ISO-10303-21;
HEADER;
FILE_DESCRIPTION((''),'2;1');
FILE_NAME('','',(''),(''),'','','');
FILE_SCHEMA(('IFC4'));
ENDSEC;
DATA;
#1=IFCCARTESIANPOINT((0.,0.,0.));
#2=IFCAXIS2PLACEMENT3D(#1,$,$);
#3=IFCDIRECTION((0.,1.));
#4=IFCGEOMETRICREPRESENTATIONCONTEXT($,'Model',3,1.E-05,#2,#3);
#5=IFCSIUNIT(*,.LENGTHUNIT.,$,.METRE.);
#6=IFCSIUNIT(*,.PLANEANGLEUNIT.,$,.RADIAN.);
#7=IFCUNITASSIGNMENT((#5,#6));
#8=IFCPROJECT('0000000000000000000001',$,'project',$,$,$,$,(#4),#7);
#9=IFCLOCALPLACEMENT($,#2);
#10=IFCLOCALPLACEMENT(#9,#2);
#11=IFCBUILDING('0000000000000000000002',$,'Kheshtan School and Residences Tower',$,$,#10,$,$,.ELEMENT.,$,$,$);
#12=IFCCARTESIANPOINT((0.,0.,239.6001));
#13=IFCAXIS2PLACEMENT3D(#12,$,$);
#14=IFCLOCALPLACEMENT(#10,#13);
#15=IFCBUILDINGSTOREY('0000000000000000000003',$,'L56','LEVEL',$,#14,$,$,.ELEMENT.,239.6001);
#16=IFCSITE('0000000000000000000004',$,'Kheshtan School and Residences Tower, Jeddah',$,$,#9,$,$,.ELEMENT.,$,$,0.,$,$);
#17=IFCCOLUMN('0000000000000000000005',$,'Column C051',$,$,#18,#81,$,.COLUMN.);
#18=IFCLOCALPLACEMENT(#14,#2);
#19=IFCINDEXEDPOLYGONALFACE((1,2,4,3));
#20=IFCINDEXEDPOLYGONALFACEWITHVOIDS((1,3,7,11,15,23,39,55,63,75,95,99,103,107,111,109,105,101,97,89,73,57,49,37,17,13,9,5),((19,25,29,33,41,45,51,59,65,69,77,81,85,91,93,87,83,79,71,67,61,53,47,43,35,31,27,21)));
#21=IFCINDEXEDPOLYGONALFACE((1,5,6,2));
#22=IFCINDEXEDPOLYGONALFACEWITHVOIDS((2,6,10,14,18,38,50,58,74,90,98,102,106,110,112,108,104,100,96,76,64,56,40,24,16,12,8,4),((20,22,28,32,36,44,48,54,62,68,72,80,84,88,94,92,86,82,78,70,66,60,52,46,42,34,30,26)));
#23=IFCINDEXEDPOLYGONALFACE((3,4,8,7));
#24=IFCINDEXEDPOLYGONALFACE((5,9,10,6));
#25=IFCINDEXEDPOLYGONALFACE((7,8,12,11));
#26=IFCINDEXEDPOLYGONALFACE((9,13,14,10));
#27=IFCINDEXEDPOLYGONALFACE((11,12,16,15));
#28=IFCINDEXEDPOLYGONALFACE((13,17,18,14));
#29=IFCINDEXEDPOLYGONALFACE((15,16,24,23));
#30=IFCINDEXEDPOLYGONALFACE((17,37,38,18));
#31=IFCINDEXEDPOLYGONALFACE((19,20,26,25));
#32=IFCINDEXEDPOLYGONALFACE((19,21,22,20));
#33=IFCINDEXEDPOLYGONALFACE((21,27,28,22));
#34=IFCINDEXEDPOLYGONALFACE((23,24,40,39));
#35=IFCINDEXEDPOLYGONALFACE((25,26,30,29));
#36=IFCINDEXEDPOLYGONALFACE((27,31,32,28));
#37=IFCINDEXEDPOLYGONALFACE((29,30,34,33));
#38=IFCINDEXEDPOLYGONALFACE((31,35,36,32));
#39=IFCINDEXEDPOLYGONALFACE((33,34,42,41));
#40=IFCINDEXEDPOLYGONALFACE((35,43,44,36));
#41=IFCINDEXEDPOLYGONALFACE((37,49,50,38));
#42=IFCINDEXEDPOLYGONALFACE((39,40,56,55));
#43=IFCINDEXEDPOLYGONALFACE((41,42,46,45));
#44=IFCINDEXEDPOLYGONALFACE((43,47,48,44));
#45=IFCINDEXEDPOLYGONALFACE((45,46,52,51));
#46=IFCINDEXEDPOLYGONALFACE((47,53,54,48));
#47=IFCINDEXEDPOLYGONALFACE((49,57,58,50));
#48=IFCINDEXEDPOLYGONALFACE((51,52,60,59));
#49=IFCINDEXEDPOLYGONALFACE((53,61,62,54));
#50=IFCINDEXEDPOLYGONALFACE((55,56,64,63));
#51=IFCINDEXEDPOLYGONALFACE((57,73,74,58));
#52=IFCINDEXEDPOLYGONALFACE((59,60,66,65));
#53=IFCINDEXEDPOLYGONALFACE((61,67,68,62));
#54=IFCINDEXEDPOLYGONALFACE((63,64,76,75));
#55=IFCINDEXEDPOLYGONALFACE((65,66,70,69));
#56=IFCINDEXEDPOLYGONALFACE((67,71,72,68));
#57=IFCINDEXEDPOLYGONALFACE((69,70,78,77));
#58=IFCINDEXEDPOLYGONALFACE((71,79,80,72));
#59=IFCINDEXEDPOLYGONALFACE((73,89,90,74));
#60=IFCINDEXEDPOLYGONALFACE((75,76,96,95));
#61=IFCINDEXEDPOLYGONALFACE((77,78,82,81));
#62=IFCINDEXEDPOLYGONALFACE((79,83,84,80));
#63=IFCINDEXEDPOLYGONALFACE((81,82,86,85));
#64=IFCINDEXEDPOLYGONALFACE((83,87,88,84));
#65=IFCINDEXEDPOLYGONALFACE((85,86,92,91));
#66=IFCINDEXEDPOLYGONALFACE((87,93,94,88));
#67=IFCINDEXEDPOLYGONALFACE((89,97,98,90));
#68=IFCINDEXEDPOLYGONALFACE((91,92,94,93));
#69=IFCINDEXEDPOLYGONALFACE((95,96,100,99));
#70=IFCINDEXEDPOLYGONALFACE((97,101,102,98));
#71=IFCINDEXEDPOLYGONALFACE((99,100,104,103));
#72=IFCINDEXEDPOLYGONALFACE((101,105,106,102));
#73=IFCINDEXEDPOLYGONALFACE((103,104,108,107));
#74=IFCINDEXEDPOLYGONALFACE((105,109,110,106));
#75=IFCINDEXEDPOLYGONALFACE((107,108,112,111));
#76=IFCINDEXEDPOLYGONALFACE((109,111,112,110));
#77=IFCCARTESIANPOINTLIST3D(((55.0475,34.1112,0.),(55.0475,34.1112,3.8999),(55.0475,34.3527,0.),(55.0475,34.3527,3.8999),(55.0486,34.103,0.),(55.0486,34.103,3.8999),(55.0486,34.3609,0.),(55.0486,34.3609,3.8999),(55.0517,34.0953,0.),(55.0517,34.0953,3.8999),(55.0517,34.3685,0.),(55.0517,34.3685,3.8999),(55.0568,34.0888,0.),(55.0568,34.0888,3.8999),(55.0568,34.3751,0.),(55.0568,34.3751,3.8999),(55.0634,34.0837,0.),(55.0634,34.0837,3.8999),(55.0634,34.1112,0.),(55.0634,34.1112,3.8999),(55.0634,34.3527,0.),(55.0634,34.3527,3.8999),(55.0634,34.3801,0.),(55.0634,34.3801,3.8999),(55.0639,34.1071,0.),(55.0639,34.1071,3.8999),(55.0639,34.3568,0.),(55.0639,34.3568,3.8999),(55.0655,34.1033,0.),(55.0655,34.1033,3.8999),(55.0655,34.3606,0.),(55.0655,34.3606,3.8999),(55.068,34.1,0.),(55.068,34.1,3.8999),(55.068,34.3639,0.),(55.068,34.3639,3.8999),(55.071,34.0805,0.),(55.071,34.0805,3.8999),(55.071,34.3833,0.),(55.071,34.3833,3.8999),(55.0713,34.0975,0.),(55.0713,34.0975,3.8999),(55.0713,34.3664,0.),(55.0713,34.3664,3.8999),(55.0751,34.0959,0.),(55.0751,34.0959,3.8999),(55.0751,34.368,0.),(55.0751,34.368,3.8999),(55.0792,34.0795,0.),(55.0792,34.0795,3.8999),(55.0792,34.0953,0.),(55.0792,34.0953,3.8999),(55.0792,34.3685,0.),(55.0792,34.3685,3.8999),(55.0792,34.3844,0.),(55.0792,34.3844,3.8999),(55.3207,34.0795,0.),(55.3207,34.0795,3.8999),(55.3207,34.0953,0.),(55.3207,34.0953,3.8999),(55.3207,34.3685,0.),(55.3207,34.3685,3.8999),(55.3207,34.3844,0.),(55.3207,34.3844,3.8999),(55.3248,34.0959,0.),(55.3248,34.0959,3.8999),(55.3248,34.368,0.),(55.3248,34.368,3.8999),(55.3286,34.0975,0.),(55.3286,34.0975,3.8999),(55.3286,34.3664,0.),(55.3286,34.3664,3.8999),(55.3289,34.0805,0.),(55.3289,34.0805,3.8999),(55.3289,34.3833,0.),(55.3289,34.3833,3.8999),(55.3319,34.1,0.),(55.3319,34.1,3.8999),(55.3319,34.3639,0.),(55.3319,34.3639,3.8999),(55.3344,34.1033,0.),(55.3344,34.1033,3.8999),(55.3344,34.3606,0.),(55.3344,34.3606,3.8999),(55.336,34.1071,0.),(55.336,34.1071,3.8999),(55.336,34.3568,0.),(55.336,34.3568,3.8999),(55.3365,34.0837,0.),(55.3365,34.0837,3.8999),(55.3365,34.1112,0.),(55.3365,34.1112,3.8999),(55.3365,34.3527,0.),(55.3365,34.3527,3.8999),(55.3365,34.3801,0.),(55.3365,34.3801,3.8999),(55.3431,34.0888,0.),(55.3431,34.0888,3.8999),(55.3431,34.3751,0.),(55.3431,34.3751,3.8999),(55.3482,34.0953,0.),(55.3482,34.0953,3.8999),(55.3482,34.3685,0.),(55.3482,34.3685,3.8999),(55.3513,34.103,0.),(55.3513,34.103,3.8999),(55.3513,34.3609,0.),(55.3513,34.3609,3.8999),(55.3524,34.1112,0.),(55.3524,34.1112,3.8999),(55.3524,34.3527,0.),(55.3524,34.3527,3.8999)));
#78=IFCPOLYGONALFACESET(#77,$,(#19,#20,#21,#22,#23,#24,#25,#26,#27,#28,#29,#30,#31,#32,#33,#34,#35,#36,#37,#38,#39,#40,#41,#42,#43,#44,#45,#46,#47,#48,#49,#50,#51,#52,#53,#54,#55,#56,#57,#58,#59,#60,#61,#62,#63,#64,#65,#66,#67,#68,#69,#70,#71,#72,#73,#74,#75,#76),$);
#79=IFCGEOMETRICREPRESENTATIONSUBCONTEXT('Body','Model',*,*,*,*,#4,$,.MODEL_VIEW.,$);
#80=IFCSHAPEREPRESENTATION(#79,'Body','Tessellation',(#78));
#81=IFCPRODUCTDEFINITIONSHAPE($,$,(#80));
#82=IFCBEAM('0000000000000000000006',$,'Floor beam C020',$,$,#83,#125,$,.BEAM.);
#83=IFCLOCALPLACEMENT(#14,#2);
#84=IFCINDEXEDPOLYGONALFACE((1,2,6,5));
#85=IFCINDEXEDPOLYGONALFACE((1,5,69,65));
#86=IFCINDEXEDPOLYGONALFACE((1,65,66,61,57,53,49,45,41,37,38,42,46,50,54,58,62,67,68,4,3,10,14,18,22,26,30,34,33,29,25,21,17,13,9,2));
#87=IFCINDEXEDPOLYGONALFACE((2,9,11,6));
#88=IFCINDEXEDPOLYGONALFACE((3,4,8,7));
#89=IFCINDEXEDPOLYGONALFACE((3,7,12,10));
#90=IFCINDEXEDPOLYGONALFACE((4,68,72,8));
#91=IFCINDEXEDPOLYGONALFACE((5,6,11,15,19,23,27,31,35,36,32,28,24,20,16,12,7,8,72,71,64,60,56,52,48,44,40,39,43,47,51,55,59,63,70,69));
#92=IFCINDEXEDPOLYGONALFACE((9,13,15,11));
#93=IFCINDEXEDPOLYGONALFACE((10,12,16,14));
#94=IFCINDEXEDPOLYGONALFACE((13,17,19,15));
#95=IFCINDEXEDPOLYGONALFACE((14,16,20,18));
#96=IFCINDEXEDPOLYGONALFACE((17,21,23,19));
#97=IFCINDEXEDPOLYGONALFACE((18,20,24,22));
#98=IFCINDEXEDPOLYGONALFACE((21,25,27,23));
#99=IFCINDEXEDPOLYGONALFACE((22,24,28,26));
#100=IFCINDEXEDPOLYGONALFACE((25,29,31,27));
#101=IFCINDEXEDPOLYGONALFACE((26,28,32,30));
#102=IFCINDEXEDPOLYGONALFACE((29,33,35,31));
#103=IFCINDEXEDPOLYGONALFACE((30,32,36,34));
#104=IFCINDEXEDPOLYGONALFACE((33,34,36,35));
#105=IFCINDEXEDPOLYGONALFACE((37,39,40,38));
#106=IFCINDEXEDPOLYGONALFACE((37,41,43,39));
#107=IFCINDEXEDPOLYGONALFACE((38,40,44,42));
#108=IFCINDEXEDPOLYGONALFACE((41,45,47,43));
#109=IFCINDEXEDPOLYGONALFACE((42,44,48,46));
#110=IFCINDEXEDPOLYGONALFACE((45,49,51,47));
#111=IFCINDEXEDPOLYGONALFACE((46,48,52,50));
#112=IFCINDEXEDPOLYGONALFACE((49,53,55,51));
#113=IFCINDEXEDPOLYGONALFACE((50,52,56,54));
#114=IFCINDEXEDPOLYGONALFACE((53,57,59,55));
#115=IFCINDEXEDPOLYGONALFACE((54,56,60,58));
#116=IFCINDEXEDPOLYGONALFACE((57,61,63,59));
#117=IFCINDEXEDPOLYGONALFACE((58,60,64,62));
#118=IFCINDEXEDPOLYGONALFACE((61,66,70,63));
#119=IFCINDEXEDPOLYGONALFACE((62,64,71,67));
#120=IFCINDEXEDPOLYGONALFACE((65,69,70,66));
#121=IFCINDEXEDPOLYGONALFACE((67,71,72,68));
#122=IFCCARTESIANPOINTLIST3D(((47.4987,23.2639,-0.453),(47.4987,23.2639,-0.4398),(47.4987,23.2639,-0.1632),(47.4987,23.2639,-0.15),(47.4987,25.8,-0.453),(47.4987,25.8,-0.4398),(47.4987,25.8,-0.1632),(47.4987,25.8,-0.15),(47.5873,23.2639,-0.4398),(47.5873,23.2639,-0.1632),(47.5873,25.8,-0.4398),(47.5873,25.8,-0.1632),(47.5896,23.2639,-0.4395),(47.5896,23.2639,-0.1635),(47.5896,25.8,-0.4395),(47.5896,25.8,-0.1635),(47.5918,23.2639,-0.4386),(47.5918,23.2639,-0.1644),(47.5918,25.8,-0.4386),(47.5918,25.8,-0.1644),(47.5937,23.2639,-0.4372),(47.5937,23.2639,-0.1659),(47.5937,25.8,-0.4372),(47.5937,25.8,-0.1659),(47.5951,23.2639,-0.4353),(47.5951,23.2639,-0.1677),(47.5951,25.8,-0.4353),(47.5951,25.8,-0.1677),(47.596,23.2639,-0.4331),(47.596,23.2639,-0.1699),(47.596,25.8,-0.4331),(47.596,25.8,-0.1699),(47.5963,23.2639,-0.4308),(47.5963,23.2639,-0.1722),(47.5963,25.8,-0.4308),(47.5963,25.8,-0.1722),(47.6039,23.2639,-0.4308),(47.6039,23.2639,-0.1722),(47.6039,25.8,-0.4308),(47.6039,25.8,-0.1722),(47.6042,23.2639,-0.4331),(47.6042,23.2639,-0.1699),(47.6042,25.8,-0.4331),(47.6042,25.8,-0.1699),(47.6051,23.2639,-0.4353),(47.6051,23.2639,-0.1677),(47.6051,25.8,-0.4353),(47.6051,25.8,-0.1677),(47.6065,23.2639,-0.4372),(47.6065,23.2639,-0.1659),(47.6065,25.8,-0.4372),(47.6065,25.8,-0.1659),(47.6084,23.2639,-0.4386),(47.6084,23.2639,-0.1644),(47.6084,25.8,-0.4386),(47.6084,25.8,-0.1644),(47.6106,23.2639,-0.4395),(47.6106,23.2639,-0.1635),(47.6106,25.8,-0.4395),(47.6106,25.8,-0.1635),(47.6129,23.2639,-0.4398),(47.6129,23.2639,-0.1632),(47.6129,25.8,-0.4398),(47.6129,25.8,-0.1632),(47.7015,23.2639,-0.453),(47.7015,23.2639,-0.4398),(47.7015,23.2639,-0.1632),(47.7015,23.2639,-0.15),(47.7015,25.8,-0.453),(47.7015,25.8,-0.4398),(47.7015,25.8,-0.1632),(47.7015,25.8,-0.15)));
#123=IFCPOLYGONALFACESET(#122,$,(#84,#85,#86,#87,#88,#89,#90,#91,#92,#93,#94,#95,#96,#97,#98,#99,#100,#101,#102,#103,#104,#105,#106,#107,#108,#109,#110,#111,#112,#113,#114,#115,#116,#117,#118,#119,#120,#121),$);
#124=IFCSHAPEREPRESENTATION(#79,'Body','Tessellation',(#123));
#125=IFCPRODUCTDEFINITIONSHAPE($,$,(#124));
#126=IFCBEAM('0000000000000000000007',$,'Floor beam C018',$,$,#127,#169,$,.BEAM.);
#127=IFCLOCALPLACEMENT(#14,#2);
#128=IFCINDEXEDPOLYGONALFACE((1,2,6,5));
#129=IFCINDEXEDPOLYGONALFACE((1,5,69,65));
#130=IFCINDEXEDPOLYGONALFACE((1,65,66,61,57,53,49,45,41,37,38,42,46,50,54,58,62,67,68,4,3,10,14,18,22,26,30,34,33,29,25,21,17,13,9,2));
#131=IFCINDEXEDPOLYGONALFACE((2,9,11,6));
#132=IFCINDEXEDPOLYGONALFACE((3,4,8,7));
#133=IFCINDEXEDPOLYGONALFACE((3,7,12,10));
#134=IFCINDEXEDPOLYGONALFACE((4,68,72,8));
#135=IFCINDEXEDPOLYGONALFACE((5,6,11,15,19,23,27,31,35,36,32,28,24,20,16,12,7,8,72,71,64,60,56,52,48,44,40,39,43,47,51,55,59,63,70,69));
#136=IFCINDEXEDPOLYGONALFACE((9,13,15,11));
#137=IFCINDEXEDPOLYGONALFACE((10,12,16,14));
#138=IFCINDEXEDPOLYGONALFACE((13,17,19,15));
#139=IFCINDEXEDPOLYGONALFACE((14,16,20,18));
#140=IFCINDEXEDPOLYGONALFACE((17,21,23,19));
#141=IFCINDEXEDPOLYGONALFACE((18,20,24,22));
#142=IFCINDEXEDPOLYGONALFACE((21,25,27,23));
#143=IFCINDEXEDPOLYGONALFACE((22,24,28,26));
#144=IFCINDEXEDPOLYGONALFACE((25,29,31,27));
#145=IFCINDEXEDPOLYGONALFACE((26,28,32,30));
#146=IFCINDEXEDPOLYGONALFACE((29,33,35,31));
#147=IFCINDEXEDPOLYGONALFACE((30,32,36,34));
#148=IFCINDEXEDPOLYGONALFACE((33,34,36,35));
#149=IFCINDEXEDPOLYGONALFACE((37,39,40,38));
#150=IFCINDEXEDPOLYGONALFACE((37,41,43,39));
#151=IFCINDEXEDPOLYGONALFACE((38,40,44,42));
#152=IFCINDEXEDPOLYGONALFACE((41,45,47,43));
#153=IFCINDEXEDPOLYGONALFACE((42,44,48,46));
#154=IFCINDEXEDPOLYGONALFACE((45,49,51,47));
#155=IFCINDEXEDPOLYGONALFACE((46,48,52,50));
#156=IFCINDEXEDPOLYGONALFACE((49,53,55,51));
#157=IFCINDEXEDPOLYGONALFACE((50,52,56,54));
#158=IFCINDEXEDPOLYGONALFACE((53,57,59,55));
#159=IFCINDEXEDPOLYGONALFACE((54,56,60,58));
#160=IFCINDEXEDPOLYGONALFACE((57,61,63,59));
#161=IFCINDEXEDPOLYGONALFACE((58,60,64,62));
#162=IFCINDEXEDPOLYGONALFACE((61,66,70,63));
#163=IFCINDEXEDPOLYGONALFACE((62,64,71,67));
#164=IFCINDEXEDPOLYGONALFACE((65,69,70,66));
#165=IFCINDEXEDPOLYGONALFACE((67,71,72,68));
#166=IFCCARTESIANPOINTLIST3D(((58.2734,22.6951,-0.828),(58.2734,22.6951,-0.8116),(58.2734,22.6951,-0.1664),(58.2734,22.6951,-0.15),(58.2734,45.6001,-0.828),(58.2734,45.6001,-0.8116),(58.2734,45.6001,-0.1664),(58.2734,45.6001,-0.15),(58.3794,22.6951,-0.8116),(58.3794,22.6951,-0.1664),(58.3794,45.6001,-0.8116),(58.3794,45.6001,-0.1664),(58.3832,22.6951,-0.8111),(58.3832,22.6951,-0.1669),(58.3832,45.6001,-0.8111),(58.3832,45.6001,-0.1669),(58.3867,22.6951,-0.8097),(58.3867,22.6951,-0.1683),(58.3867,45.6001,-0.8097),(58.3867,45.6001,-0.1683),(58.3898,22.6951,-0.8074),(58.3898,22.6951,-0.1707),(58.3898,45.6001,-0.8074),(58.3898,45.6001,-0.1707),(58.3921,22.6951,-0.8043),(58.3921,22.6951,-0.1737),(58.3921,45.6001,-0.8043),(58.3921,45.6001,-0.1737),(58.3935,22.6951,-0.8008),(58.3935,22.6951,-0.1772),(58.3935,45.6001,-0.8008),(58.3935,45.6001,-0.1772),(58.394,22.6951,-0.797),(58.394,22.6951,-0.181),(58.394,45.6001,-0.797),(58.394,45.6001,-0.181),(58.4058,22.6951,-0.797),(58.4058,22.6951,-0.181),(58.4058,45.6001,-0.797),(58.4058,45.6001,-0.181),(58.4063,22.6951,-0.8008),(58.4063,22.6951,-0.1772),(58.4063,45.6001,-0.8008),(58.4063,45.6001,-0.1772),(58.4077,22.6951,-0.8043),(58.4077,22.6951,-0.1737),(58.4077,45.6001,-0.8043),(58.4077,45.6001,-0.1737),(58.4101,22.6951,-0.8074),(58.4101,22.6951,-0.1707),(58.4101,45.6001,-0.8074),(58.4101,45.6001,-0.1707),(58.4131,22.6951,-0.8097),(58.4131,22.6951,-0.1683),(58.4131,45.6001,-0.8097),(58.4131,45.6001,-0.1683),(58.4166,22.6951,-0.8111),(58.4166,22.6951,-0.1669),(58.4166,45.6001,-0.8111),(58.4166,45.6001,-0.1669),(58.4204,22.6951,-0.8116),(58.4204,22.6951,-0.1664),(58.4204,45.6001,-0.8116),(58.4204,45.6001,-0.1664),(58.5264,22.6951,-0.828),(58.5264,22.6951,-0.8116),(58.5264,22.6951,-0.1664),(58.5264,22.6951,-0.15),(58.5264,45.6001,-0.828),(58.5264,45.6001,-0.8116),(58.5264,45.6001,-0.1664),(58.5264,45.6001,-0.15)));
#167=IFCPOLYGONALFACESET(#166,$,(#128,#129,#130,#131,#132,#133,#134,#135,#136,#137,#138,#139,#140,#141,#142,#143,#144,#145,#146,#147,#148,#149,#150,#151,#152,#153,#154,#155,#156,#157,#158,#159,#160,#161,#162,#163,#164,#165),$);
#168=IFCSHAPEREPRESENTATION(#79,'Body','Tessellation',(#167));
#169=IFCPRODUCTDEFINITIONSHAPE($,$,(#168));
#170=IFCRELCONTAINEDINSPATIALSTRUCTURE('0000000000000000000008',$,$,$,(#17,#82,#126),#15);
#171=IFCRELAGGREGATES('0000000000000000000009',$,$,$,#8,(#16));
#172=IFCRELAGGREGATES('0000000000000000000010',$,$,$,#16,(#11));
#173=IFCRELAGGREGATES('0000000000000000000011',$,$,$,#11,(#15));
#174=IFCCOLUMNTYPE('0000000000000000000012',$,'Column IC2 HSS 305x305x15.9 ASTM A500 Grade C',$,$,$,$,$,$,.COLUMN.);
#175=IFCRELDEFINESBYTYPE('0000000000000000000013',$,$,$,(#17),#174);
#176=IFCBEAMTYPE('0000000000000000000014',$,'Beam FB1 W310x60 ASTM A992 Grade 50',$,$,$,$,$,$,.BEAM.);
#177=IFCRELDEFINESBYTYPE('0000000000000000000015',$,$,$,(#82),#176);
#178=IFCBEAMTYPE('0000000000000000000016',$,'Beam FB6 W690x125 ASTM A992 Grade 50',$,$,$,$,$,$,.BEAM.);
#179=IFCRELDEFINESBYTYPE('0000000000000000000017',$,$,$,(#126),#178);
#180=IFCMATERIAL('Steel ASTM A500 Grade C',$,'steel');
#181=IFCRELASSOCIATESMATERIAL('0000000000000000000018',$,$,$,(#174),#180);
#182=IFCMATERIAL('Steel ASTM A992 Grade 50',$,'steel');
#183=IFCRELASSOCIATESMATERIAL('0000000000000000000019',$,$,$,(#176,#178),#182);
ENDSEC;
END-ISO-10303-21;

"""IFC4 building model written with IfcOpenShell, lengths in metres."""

from ifc_helpers import new_model, si_unit, direction, frame, origin, origin_2d, place, context, subcontext, project, spatial, hollow_rectangle, i_section, extrude, material, material_profile, profile_set, type_object, element, save


model = new_model("IFC4")

# Units and contexts
model_context = context("Model", 3, precision=1e-05, world=origin(), true_north=direction((0.0, 1.0)))
body_context = subcontext(model_context, "Body", "Model", "MODEL_VIEW")
ifc_project = project(units=[si_unit("LENGTHUNIT", "METRE"), si_unit("PLANEANGLEUNIT", "RADIAN")], contexts=[model_context])

# Site, building, storey
site_placement = place(None, origin())
site = spatial("IfcSite", under=ifc_project, at=site_placement, Name="Kheshtan School and Residences Tower, Jeddah", CompositionType="ELEMENT", RefElevation=0.0)
building_placement = place(site_placement, origin())
building = spatial("IfcBuilding", under=site, at=building_placement, Name="Kheshtan School and Residences Tower", CompositionType="ELEMENT")
storey_placement = place(building_placement, frame((0.0, 0.0, 239.6001)))
storey = spatial("IfcBuildingStorey", under=building, at=storey_placement, Name="L56", Description="LEVEL", CompositionType="ELEMENT", Elevation=239.6001)

# Column
ifc_material_1 = material(Name="Steel ASTM A992 Grade 50", Category="steel")
ifc_material_2 = material(Name="Steel ASTM A500 Grade C", Category="steel")
ifc_material_profile_1 = material_profile(ifc_material_2, hollow_rectangle(XDim=0.3049, YDim=0.3049, WallThickness=0.0159, InnerFilletRadius=0.0159, OuterFilletRadius=0.0317, at=origin_2d()), Name="HSS 305x305x15.9")
ifc_profile_set_1 = profile_set([ifc_material_profile_1], Name="Steel ASTM A500 Grade C")
column_type_1 = type_object("IfcColumnType", Name="Column IC2 HSS 305x305x15.9 ASTM A500 Grade C", PredefinedType="COLUMN", material=ifc_profile_set_1)
column_placement = place(storey_placement, frame((55.2, 34.2319, 0.0), z_axis=(0.0, 0.0, 1.0), x_axis=(1.0, 0.0, 0.0)))
element("IfcColumn", 1, at=column_placement, inside=storey, type_object=column_type_1, Name="Column C051", PredefinedType="COLUMN", context=body_context, shape_type="SweptSolid", body=[
    extrude(hollow_rectangle(XDim=0.3049, YDim=0.3049, WallThickness=0.0159, InnerFilletRadius=0.0159, OuterFilletRadius=0.0317, at=origin_2d()), origin(), (0.0, 0.0, 1.0), 3.8999),
])

# Beams
ifc_material_profile_2 = material_profile(ifc_material_1, i_section(OverallWidth=0.2029, OverallDepth=0.303, WebThickness=0.0076, FlangeThickness=0.0132, FilletRadius=0.009, at=origin_2d()), Name="W310x60")
ifc_profile_set_2 = profile_set([ifc_material_profile_2], Name="Steel ASTM A992 Grade 50")
beam_type_1 = type_object("IfcBeamType", Name="Beam FB1 W310x60 ASTM A992 Grade 50", PredefinedType="BEAM", material=ifc_profile_set_2)
beam_1_placement = place(storey_placement, frame((47.6001, 23.2639, -0.3015), z_axis=(0.0, 1.0, 0.0), x_axis=(-1.0, 0.0, 0.0)))
element("IfcBeam", 2, at=beam_1_placement, inside=storey, type_object=beam_type_1, Name="Floor beam C020", PredefinedType="BEAM", context=body_context, shape_type="SweptSolid", body=[
    extrude(i_section(OverallWidth=0.2029, OverallDepth=0.303, WebThickness=0.0076, FlangeThickness=0.0132, FilletRadius=0.009, at=origin_2d()), origin(), (0.0, 0.0, 1.0), 2.5361),
])
ifc_material_profile_3 = material_profile(ifc_material_1, i_section(OverallWidth=0.2529, OverallDepth=0.678, WebThickness=0.0117, FlangeThickness=0.0164, FilletRadius=0.0146, at=origin_2d()), Name="W690x125")
ifc_profile_set_3 = profile_set([ifc_material_profile_3], Name="Steel ASTM A992 Grade 50")
beam_type_2 = type_object("IfcBeamType", Name="Beam FB6 W690x125 ASTM A992 Grade 50", PredefinedType="BEAM", material=ifc_profile_set_3)
beam_2_placement = place(storey_placement, frame((58.3999, 22.6951, -0.489), z_axis=(0.0, 1.0, 0.0), x_axis=(-1.0, 0.0, 0.0)))
element("IfcBeam", 3, at=beam_2_placement, inside=storey, type_object=beam_type_2, Name="Floor beam C018", PredefinedType="BEAM", context=body_context, shape_type="SweptSolid", body=[
    extrude(i_section(OverallWidth=0.2529, OverallDepth=0.678, WebThickness=0.0117, FlangeThickness=0.0164, FilletRadius=0.0146, at=origin_2d()), origin(), (0.0, 0.0, 1.0), 22.905),
])

save(model, "model.ifc")
